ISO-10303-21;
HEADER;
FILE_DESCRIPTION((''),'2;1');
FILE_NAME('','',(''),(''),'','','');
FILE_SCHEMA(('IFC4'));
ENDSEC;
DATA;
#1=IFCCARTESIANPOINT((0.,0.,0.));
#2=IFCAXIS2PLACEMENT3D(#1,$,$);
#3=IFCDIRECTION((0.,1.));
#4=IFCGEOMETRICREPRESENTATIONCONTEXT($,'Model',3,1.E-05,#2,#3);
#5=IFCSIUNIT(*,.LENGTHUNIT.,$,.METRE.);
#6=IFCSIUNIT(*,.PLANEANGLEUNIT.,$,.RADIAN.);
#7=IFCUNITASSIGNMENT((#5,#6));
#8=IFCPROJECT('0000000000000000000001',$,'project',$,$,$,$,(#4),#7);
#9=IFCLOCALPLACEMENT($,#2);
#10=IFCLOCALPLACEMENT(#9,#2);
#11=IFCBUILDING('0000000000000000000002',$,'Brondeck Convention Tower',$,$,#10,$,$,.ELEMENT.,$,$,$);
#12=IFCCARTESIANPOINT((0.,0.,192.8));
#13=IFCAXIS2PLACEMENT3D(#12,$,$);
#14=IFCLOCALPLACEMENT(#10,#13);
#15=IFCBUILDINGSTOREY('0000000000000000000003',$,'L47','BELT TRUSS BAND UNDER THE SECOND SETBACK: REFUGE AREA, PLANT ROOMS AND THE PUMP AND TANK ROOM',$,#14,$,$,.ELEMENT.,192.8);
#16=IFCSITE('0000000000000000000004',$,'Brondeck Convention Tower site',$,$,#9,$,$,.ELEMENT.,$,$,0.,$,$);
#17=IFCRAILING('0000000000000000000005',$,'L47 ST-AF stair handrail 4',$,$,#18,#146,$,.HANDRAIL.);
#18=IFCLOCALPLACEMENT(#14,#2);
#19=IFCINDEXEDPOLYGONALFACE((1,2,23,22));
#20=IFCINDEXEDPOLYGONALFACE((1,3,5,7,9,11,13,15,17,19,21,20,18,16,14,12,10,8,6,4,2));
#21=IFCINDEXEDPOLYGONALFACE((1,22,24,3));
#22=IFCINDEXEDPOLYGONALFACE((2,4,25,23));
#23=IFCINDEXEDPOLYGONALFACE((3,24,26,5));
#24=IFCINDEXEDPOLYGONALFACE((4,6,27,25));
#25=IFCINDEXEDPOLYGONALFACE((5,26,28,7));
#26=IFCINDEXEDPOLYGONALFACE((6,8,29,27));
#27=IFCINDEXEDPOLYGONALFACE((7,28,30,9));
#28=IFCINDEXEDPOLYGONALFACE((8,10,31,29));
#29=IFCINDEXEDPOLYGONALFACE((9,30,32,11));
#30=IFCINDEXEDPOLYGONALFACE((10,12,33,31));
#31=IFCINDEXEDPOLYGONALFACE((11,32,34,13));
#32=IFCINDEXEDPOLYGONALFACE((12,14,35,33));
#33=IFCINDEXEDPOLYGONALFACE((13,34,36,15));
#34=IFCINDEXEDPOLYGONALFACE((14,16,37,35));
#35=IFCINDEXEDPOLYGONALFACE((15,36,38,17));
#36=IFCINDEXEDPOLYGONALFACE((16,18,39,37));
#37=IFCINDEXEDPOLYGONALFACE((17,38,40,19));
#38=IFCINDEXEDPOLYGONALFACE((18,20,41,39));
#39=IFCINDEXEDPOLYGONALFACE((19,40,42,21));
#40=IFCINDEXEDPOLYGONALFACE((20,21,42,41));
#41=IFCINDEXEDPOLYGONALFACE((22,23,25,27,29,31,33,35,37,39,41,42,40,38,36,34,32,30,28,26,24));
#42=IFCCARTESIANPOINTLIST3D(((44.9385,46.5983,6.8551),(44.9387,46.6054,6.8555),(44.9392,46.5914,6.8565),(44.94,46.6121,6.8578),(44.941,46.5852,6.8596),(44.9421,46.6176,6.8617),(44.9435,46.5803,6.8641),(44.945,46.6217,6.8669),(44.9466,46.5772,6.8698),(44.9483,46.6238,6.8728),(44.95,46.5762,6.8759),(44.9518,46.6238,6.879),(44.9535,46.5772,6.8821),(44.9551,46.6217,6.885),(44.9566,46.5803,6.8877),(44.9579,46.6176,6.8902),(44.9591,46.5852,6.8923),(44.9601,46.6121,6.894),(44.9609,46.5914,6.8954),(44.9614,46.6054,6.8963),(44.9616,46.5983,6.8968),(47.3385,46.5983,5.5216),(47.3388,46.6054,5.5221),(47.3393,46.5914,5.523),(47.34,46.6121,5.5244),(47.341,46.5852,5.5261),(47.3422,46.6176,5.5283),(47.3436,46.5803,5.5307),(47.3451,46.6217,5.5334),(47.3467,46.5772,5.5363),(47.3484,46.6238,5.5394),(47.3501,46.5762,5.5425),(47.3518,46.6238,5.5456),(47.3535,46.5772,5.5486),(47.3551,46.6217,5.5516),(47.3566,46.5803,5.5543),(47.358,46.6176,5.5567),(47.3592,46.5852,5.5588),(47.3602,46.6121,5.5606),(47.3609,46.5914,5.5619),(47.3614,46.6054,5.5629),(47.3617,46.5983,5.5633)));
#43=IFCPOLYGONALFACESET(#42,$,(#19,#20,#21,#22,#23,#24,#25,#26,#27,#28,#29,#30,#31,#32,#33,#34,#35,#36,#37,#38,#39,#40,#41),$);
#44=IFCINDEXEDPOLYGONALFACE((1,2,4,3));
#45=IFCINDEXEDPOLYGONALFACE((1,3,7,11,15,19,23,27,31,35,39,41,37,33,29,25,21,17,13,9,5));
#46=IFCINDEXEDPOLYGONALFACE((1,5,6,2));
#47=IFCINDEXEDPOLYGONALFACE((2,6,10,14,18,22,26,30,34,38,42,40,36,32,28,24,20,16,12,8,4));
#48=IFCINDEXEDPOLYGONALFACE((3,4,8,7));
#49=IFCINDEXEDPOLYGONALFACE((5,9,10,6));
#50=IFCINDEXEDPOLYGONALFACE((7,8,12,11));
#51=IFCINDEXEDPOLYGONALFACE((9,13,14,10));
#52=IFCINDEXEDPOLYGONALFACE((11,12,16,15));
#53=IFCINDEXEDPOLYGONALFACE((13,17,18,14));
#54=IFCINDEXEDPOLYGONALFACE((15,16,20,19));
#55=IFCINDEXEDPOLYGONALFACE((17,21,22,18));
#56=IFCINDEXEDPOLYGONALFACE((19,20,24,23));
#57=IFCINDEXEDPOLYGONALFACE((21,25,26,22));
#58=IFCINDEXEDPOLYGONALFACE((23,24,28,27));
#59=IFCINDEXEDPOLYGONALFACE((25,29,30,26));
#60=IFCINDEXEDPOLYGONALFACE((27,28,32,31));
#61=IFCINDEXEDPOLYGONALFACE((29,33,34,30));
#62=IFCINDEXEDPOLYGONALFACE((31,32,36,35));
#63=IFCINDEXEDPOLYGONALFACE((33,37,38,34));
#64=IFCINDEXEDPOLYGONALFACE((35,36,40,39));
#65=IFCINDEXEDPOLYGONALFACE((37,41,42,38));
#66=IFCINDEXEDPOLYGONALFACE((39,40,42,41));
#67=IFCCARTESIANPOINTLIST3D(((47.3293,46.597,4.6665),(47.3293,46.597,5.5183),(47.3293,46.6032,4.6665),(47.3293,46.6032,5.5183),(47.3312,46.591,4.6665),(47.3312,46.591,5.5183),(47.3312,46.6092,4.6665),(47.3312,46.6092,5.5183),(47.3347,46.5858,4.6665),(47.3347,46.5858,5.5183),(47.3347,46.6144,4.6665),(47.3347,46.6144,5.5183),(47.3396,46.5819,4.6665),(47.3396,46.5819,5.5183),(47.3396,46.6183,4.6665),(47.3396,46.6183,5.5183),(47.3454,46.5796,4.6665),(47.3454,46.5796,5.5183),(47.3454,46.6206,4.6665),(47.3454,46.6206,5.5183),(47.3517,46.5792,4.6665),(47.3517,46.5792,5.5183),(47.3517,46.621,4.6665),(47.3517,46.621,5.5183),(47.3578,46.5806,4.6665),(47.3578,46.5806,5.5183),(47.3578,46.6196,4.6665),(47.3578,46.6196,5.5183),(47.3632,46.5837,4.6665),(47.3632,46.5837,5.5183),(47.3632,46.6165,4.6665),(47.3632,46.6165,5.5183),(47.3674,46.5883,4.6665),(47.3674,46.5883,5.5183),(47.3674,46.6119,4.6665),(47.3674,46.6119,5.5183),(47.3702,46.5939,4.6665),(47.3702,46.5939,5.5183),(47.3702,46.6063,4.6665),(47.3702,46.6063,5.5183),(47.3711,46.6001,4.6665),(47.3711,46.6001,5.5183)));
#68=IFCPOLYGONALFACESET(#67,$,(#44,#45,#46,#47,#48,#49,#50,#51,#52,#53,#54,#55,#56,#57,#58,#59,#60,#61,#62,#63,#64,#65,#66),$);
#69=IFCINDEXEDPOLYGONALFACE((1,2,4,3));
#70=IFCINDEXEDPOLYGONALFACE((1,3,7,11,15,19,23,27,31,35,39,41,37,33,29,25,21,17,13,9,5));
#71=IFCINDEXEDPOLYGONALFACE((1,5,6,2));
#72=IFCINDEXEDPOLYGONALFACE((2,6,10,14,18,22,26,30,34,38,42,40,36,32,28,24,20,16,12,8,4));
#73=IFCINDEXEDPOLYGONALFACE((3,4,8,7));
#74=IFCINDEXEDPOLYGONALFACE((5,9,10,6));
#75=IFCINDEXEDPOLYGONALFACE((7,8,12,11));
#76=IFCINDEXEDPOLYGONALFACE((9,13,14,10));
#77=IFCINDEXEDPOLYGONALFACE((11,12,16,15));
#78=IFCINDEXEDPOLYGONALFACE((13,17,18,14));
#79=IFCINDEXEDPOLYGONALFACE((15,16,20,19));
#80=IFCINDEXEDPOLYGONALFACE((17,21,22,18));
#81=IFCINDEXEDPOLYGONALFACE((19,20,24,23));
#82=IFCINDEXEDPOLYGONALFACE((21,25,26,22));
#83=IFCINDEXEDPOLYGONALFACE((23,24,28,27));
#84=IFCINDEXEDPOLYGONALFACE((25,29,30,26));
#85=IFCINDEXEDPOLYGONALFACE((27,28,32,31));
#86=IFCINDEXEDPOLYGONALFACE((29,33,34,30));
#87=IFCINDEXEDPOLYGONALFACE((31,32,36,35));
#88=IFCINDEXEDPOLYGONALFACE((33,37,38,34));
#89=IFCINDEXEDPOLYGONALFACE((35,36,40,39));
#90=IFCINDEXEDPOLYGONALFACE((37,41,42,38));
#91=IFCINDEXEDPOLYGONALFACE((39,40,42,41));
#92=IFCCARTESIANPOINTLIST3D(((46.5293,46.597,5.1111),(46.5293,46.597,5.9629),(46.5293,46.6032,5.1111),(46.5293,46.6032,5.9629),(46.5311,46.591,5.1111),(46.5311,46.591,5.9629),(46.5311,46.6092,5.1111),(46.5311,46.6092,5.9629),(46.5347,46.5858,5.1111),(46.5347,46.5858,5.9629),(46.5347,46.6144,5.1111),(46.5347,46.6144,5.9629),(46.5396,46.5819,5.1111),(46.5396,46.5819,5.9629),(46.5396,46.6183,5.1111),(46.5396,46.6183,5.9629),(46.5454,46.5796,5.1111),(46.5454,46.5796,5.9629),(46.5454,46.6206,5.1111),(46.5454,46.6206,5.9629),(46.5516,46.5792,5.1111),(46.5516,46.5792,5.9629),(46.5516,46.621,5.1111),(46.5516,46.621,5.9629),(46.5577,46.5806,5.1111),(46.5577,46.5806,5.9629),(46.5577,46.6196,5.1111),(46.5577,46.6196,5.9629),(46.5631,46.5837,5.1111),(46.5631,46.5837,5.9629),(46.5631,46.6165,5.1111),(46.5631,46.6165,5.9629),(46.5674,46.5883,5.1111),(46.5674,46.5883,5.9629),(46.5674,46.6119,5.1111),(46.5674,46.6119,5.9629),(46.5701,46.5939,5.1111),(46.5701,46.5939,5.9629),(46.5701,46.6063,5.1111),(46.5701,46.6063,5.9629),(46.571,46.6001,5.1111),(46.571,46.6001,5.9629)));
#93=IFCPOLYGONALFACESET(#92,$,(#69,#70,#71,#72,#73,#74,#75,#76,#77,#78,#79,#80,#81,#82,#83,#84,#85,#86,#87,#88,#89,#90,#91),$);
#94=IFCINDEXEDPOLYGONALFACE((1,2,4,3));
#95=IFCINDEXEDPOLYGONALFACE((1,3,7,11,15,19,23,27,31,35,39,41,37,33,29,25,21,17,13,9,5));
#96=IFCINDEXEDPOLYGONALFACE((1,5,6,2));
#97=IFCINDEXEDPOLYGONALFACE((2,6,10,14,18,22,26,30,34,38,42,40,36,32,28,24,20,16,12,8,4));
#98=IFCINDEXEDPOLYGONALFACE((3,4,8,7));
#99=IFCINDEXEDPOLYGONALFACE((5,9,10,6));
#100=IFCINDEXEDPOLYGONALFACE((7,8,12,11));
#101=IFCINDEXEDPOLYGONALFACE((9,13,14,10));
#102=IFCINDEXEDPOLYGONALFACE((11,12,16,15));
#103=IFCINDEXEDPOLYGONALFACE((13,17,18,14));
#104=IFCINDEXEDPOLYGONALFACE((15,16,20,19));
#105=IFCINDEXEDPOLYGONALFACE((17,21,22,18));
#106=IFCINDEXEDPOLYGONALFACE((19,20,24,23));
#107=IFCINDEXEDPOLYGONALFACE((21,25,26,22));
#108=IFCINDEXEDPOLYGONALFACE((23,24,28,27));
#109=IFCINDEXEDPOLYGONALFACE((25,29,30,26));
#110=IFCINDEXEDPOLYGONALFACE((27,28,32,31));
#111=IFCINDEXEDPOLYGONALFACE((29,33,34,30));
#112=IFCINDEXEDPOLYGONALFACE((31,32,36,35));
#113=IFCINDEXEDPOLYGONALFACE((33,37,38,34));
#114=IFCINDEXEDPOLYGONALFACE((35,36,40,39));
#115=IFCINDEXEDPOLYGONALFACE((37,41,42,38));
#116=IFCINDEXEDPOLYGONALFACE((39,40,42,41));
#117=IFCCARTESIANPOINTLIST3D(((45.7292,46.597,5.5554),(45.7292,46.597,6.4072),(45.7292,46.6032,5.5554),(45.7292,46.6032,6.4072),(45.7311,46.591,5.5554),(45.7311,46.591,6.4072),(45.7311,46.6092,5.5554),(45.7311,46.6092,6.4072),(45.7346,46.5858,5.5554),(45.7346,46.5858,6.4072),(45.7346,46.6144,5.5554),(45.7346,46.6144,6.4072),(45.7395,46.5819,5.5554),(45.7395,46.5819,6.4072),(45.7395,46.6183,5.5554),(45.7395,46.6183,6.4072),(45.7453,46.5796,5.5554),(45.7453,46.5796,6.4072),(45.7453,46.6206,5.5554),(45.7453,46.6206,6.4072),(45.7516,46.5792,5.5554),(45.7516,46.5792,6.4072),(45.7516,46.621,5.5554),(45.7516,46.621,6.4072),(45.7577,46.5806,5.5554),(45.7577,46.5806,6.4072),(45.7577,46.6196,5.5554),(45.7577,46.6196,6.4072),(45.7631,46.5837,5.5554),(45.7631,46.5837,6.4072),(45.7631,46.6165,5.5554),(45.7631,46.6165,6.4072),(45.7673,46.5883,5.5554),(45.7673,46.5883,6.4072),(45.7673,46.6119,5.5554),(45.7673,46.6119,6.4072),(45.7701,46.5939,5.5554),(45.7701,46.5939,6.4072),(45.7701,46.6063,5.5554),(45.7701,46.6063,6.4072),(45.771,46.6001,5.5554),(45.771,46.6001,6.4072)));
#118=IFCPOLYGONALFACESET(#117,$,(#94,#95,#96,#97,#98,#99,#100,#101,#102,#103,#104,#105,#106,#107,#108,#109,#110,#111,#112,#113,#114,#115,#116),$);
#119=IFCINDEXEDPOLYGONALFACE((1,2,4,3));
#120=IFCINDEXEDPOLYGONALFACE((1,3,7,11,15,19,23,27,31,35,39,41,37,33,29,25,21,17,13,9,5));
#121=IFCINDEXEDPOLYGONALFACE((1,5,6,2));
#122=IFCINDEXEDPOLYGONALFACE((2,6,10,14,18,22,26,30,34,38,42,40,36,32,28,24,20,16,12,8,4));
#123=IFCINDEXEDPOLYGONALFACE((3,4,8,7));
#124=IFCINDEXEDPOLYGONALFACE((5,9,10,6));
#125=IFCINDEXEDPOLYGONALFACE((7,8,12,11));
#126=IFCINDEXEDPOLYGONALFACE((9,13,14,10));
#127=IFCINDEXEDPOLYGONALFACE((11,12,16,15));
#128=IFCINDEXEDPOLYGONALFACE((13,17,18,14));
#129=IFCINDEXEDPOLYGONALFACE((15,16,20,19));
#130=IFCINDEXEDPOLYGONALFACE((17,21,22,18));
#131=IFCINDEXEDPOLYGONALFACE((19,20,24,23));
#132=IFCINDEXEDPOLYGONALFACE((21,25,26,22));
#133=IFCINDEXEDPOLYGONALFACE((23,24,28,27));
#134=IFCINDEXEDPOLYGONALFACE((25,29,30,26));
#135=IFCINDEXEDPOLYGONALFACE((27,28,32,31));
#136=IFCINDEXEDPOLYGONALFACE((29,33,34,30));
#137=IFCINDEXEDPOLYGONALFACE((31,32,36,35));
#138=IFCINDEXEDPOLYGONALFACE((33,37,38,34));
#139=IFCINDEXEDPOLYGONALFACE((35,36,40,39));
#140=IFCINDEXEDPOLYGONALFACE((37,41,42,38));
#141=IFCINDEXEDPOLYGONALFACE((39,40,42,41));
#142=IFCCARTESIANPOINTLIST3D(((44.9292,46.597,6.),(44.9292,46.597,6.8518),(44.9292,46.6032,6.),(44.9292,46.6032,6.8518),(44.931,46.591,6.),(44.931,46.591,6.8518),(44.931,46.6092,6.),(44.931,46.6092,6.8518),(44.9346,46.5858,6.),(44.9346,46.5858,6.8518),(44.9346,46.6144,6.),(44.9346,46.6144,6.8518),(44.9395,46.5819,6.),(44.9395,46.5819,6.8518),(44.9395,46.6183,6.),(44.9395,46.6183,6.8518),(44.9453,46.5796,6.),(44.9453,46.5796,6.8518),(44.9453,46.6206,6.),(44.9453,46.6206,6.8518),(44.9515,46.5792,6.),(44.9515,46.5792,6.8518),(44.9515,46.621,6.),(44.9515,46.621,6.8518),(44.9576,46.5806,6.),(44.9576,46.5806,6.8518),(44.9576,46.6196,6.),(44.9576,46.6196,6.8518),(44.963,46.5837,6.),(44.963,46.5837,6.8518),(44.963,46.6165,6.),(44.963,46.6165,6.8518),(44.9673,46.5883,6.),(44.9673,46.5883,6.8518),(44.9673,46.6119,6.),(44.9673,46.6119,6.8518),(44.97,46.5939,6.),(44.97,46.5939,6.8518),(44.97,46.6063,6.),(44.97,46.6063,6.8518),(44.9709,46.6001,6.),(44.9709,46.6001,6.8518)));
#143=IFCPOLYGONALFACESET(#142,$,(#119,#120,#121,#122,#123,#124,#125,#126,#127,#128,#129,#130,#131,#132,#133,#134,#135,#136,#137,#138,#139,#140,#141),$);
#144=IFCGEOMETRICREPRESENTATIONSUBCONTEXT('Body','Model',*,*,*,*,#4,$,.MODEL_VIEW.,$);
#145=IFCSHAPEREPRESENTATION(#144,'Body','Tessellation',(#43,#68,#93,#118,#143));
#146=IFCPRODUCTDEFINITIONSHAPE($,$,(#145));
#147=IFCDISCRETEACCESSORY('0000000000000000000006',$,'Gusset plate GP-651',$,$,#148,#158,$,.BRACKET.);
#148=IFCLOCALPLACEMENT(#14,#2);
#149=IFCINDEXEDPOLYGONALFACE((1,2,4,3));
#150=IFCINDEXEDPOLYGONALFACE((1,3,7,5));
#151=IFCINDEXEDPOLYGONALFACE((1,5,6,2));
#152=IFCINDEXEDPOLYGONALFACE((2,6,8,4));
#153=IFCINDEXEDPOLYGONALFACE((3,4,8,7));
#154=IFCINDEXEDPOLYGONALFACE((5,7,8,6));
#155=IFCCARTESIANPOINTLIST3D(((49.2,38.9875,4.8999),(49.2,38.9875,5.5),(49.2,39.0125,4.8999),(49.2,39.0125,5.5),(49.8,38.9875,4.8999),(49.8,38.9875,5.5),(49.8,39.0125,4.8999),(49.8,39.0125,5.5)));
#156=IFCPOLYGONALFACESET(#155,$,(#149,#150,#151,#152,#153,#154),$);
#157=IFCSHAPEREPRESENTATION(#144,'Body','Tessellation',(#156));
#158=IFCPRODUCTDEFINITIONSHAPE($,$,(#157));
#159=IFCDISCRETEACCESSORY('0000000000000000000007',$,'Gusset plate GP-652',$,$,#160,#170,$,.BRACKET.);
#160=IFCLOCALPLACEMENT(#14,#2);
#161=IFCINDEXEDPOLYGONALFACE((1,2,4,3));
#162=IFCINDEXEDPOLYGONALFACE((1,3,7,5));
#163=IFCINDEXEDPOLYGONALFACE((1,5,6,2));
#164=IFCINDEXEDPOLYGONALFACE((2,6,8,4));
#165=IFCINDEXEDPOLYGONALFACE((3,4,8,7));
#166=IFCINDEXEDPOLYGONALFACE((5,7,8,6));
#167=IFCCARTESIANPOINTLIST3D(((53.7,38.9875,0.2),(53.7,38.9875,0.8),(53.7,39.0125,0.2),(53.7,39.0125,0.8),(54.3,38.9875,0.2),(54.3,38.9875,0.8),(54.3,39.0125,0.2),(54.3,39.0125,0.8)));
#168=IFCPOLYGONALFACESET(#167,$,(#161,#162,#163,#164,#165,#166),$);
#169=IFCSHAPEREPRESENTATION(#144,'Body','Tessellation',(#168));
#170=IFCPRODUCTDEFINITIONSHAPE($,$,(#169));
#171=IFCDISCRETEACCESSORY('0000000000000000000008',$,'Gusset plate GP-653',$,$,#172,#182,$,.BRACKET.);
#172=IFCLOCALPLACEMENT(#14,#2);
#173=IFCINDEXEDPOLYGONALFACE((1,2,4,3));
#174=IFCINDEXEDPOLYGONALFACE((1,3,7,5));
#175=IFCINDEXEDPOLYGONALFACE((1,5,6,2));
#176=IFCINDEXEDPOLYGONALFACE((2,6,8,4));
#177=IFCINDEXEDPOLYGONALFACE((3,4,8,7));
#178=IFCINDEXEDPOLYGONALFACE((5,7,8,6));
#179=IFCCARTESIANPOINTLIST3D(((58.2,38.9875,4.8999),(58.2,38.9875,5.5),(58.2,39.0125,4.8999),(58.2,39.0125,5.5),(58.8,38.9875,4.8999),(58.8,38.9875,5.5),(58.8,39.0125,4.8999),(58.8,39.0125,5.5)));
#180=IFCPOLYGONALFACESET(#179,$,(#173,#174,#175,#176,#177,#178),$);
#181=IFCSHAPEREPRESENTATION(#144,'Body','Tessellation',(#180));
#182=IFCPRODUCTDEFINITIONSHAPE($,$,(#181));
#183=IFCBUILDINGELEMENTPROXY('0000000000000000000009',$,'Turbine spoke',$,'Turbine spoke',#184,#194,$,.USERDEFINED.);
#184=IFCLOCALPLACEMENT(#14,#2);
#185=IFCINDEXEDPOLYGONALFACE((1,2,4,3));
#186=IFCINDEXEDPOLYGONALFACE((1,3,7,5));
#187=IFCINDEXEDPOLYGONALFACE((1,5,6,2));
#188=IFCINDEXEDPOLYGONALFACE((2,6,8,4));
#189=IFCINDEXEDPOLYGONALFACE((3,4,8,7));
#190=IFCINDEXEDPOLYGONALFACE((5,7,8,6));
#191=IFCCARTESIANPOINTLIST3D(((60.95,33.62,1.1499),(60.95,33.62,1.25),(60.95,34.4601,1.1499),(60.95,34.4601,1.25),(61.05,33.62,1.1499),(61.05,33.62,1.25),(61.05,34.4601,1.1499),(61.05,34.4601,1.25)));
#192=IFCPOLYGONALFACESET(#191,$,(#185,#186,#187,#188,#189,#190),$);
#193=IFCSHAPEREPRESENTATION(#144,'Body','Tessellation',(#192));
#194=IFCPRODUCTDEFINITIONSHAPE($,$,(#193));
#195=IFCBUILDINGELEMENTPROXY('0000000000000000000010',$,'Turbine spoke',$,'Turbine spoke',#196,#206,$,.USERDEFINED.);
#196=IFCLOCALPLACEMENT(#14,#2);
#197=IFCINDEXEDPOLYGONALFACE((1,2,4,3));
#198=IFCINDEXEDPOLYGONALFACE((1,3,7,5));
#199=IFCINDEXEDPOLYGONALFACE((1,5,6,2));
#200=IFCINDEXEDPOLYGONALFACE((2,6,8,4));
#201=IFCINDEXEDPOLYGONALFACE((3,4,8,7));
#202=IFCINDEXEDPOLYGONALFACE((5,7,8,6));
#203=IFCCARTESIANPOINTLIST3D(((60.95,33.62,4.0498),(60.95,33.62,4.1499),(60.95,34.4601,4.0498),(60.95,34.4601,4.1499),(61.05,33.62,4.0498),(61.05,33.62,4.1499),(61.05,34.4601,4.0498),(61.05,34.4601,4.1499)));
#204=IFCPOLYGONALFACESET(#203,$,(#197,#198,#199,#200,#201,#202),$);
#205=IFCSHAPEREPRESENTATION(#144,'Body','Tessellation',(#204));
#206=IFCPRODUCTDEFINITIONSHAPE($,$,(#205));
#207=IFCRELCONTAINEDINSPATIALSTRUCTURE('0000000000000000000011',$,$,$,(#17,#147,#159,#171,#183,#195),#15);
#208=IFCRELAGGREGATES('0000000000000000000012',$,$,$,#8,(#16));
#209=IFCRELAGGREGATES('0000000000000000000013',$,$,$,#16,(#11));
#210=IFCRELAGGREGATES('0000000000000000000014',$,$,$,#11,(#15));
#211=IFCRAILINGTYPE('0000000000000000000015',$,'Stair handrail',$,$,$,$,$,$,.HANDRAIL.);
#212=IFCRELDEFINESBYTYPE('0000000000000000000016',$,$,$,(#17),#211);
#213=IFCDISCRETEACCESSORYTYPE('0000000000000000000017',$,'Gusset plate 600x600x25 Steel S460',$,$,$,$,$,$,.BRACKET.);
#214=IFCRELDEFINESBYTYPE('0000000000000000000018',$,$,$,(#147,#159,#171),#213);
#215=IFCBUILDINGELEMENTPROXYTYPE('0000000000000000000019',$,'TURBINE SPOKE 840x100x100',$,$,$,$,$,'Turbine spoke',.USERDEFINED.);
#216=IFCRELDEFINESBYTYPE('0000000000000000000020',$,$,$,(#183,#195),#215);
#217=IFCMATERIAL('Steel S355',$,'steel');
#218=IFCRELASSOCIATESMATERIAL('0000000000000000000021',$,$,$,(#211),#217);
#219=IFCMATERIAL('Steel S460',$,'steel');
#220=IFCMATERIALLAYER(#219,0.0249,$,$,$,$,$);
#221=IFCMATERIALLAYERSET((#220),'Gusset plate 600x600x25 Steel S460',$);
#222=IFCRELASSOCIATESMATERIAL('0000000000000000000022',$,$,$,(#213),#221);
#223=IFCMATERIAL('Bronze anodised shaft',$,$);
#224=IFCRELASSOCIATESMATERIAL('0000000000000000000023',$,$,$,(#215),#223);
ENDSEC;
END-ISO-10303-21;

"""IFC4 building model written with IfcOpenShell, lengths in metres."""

from ifc_helpers import new_model, si_unit, direction, frame, origin, origin_2d, place, context, subcontext, project, spatial, rectangle, circle, extrude, material, layer, layer_set, type_object, element, save


model = new_model("IFC4")

# Units and contexts
model_context = context("Model", 3, precision=1e-05, world=origin(), true_north=direction((0.0, 1.0)))
body_context = subcontext(model_context, "Body", "Model", "MODEL_VIEW")
ifc_project = project(units=[si_unit("LENGTHUNIT", "METRE"), si_unit("PLANEANGLEUNIT", "RADIAN")], contexts=[model_context])

# Site, building, storey
site_placement = place(None, origin())
site = spatial("IfcSite", under=ifc_project, at=site_placement, Name="Brondeck Convention Tower site", CompositionType="ELEMENT", RefElevation=0.0)
building_placement = place(site_placement, origin())
building = spatial("IfcBuilding", under=site, at=building_placement, Name="Brondeck Convention Tower", CompositionType="ELEMENT")
storey_placement = place(building_placement, frame((0.0, 0.0, 192.8)))
storey = spatial("IfcBuildingStorey", under=building, at=storey_placement, Name="L47", Description="BELT TRUSS BAND UNDER THE SECOND SETBACK: REFUGE AREA, PLANT ROOMS AND THE PUMP AND TANK ROOM", CompositionType="ELEMENT", Elevation=192.8)

# Shared definitions
ifc_material_1 = material(Name="Steel S355", Category="steel")

# Shared definitions
ifc_material_2 = material(Name="Steel S460", Category="steel")

# Railing
railing_type = type_object("IfcRailingType", Name="Stair handrail", PredefinedType="HANDRAIL", material=ifc_material_1)
for number, where, name in (
    (1, (47.3501, 46.6001, 4.6665), "L47 ST-AF stair handrail 4"),
):
    element("IfcRailing", number, at=place(storey_placement, frame(where)), inside=storey, type_object=railing_type, Name=name, PredefinedType="HANDRAIL", context=body_context, shape_type="SweptSolid", body=[
        extrude(circle(Radius=0.0239, at=origin_2d()), frame((0.0, 0.0, 0.876), z_axis=(-0.874145, 0.0, 0.485666), x_axis=(0.0, -1.0, 0.0)), (0.0, 0.0, 1.0), 2.7456),
        extrude(circle(Radius=0.021, at=origin_2d()), origin(), (0.0, 0.0, 1.0), 0.8518),
        extrude(circle(Radius=0.021, at=origin_2d()), frame((-0.8, 0.0, 0.4446)), (0.0, 0.0, 1.0), 0.8518),
        extrude(circle(Radius=0.021, at=origin_2d()), frame((-1.6001, 0.0, 0.8889)), (0.0, 0.0, 1.0), 0.8518),
        extrude(circle(Radius=0.021, at=origin_2d()), frame((-2.4001, 0.0, 1.3335)), (0.0, 0.0, 1.0), 0.8518),
    ])

# Discrete accessories
ifc_layer_1 = layer(ifc_material_2, 0.0249)
ifc_layer_set_1 = layer_set([ifc_layer_1], Name="Gusset plate 600x600x25 Steel S460")
discrete_accessory_type = type_object("IfcDiscreteAccessoryType", Name="Gusset plate 600x600x25 Steel S460", PredefinedType="BRACKET", material=ifc_layer_set_1)
for number, where, z_axis, x_axis, name in (
    (2, (49.5, 39.0, 4.8999), (0.0, 0.0, 1.0), (1.0, 0.0, 0.0), "Gusset plate GP-651"),
    (3, (54.0, 39.0, 0.2), (0.0, 0.0, 1.0), (1.0, 0.0, 0.0), "Gusset plate GP-652"),
    (4, (58.5, 39.0, 4.8999), (0.0, 0.0, 1.0), (1.0, 0.0, 0.0), "Gusset plate GP-653"),
):
    element("IfcDiscreteAccessory", number, at=place(storey_placement, frame(where, z_axis=z_axis, x_axis=x_axis)), inside=storey, type_object=discrete_accessory_type, Name=name, PredefinedType="BRACKET", context=body_context, shape_type="SweptSolid", body=[
        extrude(rectangle(XDim=0.6001, YDim=0.0249, at=origin_2d()), origin(), (0.0, 0.0, 1.0), 0.6001),
    ])

# Building element proxies
ifc_material_3 = material(Name="Bronze anodised shaft")
building_element_proxy_type = type_object("IfcBuildingElementProxyType", Name="TURBINE SPOKE 840x100x100", ElementType="Turbine spoke", PredefinedType="USERDEFINED", material=ifc_material_3)
for number, where, z_axis, x_axis, name in (
    (5, (61.0, 34.04, 1.1499), (0.0, 0.0, 1.0), (0.0, 1.0, 0.0), "Turbine spoke"),
    (6, (61.0, 34.04, 4.0498), (0.0, 0.0, 1.0), (0.0, 1.0, 0.0), "Turbine spoke"),
):
    element("IfcBuildingElementProxy", number, at=place(storey_placement, frame(where, z_axis=z_axis, x_axis=x_axis)), inside=storey, type_object=building_element_proxy_type, Name=name, ObjectType="Turbine spoke", PredefinedType="USERDEFINED", context=body_context, shape_type="SweptSolid", body=[
        extrude(rectangle(XDim=0.8401, YDim=0.1001, at=origin_2d()), origin(), (0.0, 0.0, 1.0), 0.1001),
    ])

save(model, "model.ifc")
